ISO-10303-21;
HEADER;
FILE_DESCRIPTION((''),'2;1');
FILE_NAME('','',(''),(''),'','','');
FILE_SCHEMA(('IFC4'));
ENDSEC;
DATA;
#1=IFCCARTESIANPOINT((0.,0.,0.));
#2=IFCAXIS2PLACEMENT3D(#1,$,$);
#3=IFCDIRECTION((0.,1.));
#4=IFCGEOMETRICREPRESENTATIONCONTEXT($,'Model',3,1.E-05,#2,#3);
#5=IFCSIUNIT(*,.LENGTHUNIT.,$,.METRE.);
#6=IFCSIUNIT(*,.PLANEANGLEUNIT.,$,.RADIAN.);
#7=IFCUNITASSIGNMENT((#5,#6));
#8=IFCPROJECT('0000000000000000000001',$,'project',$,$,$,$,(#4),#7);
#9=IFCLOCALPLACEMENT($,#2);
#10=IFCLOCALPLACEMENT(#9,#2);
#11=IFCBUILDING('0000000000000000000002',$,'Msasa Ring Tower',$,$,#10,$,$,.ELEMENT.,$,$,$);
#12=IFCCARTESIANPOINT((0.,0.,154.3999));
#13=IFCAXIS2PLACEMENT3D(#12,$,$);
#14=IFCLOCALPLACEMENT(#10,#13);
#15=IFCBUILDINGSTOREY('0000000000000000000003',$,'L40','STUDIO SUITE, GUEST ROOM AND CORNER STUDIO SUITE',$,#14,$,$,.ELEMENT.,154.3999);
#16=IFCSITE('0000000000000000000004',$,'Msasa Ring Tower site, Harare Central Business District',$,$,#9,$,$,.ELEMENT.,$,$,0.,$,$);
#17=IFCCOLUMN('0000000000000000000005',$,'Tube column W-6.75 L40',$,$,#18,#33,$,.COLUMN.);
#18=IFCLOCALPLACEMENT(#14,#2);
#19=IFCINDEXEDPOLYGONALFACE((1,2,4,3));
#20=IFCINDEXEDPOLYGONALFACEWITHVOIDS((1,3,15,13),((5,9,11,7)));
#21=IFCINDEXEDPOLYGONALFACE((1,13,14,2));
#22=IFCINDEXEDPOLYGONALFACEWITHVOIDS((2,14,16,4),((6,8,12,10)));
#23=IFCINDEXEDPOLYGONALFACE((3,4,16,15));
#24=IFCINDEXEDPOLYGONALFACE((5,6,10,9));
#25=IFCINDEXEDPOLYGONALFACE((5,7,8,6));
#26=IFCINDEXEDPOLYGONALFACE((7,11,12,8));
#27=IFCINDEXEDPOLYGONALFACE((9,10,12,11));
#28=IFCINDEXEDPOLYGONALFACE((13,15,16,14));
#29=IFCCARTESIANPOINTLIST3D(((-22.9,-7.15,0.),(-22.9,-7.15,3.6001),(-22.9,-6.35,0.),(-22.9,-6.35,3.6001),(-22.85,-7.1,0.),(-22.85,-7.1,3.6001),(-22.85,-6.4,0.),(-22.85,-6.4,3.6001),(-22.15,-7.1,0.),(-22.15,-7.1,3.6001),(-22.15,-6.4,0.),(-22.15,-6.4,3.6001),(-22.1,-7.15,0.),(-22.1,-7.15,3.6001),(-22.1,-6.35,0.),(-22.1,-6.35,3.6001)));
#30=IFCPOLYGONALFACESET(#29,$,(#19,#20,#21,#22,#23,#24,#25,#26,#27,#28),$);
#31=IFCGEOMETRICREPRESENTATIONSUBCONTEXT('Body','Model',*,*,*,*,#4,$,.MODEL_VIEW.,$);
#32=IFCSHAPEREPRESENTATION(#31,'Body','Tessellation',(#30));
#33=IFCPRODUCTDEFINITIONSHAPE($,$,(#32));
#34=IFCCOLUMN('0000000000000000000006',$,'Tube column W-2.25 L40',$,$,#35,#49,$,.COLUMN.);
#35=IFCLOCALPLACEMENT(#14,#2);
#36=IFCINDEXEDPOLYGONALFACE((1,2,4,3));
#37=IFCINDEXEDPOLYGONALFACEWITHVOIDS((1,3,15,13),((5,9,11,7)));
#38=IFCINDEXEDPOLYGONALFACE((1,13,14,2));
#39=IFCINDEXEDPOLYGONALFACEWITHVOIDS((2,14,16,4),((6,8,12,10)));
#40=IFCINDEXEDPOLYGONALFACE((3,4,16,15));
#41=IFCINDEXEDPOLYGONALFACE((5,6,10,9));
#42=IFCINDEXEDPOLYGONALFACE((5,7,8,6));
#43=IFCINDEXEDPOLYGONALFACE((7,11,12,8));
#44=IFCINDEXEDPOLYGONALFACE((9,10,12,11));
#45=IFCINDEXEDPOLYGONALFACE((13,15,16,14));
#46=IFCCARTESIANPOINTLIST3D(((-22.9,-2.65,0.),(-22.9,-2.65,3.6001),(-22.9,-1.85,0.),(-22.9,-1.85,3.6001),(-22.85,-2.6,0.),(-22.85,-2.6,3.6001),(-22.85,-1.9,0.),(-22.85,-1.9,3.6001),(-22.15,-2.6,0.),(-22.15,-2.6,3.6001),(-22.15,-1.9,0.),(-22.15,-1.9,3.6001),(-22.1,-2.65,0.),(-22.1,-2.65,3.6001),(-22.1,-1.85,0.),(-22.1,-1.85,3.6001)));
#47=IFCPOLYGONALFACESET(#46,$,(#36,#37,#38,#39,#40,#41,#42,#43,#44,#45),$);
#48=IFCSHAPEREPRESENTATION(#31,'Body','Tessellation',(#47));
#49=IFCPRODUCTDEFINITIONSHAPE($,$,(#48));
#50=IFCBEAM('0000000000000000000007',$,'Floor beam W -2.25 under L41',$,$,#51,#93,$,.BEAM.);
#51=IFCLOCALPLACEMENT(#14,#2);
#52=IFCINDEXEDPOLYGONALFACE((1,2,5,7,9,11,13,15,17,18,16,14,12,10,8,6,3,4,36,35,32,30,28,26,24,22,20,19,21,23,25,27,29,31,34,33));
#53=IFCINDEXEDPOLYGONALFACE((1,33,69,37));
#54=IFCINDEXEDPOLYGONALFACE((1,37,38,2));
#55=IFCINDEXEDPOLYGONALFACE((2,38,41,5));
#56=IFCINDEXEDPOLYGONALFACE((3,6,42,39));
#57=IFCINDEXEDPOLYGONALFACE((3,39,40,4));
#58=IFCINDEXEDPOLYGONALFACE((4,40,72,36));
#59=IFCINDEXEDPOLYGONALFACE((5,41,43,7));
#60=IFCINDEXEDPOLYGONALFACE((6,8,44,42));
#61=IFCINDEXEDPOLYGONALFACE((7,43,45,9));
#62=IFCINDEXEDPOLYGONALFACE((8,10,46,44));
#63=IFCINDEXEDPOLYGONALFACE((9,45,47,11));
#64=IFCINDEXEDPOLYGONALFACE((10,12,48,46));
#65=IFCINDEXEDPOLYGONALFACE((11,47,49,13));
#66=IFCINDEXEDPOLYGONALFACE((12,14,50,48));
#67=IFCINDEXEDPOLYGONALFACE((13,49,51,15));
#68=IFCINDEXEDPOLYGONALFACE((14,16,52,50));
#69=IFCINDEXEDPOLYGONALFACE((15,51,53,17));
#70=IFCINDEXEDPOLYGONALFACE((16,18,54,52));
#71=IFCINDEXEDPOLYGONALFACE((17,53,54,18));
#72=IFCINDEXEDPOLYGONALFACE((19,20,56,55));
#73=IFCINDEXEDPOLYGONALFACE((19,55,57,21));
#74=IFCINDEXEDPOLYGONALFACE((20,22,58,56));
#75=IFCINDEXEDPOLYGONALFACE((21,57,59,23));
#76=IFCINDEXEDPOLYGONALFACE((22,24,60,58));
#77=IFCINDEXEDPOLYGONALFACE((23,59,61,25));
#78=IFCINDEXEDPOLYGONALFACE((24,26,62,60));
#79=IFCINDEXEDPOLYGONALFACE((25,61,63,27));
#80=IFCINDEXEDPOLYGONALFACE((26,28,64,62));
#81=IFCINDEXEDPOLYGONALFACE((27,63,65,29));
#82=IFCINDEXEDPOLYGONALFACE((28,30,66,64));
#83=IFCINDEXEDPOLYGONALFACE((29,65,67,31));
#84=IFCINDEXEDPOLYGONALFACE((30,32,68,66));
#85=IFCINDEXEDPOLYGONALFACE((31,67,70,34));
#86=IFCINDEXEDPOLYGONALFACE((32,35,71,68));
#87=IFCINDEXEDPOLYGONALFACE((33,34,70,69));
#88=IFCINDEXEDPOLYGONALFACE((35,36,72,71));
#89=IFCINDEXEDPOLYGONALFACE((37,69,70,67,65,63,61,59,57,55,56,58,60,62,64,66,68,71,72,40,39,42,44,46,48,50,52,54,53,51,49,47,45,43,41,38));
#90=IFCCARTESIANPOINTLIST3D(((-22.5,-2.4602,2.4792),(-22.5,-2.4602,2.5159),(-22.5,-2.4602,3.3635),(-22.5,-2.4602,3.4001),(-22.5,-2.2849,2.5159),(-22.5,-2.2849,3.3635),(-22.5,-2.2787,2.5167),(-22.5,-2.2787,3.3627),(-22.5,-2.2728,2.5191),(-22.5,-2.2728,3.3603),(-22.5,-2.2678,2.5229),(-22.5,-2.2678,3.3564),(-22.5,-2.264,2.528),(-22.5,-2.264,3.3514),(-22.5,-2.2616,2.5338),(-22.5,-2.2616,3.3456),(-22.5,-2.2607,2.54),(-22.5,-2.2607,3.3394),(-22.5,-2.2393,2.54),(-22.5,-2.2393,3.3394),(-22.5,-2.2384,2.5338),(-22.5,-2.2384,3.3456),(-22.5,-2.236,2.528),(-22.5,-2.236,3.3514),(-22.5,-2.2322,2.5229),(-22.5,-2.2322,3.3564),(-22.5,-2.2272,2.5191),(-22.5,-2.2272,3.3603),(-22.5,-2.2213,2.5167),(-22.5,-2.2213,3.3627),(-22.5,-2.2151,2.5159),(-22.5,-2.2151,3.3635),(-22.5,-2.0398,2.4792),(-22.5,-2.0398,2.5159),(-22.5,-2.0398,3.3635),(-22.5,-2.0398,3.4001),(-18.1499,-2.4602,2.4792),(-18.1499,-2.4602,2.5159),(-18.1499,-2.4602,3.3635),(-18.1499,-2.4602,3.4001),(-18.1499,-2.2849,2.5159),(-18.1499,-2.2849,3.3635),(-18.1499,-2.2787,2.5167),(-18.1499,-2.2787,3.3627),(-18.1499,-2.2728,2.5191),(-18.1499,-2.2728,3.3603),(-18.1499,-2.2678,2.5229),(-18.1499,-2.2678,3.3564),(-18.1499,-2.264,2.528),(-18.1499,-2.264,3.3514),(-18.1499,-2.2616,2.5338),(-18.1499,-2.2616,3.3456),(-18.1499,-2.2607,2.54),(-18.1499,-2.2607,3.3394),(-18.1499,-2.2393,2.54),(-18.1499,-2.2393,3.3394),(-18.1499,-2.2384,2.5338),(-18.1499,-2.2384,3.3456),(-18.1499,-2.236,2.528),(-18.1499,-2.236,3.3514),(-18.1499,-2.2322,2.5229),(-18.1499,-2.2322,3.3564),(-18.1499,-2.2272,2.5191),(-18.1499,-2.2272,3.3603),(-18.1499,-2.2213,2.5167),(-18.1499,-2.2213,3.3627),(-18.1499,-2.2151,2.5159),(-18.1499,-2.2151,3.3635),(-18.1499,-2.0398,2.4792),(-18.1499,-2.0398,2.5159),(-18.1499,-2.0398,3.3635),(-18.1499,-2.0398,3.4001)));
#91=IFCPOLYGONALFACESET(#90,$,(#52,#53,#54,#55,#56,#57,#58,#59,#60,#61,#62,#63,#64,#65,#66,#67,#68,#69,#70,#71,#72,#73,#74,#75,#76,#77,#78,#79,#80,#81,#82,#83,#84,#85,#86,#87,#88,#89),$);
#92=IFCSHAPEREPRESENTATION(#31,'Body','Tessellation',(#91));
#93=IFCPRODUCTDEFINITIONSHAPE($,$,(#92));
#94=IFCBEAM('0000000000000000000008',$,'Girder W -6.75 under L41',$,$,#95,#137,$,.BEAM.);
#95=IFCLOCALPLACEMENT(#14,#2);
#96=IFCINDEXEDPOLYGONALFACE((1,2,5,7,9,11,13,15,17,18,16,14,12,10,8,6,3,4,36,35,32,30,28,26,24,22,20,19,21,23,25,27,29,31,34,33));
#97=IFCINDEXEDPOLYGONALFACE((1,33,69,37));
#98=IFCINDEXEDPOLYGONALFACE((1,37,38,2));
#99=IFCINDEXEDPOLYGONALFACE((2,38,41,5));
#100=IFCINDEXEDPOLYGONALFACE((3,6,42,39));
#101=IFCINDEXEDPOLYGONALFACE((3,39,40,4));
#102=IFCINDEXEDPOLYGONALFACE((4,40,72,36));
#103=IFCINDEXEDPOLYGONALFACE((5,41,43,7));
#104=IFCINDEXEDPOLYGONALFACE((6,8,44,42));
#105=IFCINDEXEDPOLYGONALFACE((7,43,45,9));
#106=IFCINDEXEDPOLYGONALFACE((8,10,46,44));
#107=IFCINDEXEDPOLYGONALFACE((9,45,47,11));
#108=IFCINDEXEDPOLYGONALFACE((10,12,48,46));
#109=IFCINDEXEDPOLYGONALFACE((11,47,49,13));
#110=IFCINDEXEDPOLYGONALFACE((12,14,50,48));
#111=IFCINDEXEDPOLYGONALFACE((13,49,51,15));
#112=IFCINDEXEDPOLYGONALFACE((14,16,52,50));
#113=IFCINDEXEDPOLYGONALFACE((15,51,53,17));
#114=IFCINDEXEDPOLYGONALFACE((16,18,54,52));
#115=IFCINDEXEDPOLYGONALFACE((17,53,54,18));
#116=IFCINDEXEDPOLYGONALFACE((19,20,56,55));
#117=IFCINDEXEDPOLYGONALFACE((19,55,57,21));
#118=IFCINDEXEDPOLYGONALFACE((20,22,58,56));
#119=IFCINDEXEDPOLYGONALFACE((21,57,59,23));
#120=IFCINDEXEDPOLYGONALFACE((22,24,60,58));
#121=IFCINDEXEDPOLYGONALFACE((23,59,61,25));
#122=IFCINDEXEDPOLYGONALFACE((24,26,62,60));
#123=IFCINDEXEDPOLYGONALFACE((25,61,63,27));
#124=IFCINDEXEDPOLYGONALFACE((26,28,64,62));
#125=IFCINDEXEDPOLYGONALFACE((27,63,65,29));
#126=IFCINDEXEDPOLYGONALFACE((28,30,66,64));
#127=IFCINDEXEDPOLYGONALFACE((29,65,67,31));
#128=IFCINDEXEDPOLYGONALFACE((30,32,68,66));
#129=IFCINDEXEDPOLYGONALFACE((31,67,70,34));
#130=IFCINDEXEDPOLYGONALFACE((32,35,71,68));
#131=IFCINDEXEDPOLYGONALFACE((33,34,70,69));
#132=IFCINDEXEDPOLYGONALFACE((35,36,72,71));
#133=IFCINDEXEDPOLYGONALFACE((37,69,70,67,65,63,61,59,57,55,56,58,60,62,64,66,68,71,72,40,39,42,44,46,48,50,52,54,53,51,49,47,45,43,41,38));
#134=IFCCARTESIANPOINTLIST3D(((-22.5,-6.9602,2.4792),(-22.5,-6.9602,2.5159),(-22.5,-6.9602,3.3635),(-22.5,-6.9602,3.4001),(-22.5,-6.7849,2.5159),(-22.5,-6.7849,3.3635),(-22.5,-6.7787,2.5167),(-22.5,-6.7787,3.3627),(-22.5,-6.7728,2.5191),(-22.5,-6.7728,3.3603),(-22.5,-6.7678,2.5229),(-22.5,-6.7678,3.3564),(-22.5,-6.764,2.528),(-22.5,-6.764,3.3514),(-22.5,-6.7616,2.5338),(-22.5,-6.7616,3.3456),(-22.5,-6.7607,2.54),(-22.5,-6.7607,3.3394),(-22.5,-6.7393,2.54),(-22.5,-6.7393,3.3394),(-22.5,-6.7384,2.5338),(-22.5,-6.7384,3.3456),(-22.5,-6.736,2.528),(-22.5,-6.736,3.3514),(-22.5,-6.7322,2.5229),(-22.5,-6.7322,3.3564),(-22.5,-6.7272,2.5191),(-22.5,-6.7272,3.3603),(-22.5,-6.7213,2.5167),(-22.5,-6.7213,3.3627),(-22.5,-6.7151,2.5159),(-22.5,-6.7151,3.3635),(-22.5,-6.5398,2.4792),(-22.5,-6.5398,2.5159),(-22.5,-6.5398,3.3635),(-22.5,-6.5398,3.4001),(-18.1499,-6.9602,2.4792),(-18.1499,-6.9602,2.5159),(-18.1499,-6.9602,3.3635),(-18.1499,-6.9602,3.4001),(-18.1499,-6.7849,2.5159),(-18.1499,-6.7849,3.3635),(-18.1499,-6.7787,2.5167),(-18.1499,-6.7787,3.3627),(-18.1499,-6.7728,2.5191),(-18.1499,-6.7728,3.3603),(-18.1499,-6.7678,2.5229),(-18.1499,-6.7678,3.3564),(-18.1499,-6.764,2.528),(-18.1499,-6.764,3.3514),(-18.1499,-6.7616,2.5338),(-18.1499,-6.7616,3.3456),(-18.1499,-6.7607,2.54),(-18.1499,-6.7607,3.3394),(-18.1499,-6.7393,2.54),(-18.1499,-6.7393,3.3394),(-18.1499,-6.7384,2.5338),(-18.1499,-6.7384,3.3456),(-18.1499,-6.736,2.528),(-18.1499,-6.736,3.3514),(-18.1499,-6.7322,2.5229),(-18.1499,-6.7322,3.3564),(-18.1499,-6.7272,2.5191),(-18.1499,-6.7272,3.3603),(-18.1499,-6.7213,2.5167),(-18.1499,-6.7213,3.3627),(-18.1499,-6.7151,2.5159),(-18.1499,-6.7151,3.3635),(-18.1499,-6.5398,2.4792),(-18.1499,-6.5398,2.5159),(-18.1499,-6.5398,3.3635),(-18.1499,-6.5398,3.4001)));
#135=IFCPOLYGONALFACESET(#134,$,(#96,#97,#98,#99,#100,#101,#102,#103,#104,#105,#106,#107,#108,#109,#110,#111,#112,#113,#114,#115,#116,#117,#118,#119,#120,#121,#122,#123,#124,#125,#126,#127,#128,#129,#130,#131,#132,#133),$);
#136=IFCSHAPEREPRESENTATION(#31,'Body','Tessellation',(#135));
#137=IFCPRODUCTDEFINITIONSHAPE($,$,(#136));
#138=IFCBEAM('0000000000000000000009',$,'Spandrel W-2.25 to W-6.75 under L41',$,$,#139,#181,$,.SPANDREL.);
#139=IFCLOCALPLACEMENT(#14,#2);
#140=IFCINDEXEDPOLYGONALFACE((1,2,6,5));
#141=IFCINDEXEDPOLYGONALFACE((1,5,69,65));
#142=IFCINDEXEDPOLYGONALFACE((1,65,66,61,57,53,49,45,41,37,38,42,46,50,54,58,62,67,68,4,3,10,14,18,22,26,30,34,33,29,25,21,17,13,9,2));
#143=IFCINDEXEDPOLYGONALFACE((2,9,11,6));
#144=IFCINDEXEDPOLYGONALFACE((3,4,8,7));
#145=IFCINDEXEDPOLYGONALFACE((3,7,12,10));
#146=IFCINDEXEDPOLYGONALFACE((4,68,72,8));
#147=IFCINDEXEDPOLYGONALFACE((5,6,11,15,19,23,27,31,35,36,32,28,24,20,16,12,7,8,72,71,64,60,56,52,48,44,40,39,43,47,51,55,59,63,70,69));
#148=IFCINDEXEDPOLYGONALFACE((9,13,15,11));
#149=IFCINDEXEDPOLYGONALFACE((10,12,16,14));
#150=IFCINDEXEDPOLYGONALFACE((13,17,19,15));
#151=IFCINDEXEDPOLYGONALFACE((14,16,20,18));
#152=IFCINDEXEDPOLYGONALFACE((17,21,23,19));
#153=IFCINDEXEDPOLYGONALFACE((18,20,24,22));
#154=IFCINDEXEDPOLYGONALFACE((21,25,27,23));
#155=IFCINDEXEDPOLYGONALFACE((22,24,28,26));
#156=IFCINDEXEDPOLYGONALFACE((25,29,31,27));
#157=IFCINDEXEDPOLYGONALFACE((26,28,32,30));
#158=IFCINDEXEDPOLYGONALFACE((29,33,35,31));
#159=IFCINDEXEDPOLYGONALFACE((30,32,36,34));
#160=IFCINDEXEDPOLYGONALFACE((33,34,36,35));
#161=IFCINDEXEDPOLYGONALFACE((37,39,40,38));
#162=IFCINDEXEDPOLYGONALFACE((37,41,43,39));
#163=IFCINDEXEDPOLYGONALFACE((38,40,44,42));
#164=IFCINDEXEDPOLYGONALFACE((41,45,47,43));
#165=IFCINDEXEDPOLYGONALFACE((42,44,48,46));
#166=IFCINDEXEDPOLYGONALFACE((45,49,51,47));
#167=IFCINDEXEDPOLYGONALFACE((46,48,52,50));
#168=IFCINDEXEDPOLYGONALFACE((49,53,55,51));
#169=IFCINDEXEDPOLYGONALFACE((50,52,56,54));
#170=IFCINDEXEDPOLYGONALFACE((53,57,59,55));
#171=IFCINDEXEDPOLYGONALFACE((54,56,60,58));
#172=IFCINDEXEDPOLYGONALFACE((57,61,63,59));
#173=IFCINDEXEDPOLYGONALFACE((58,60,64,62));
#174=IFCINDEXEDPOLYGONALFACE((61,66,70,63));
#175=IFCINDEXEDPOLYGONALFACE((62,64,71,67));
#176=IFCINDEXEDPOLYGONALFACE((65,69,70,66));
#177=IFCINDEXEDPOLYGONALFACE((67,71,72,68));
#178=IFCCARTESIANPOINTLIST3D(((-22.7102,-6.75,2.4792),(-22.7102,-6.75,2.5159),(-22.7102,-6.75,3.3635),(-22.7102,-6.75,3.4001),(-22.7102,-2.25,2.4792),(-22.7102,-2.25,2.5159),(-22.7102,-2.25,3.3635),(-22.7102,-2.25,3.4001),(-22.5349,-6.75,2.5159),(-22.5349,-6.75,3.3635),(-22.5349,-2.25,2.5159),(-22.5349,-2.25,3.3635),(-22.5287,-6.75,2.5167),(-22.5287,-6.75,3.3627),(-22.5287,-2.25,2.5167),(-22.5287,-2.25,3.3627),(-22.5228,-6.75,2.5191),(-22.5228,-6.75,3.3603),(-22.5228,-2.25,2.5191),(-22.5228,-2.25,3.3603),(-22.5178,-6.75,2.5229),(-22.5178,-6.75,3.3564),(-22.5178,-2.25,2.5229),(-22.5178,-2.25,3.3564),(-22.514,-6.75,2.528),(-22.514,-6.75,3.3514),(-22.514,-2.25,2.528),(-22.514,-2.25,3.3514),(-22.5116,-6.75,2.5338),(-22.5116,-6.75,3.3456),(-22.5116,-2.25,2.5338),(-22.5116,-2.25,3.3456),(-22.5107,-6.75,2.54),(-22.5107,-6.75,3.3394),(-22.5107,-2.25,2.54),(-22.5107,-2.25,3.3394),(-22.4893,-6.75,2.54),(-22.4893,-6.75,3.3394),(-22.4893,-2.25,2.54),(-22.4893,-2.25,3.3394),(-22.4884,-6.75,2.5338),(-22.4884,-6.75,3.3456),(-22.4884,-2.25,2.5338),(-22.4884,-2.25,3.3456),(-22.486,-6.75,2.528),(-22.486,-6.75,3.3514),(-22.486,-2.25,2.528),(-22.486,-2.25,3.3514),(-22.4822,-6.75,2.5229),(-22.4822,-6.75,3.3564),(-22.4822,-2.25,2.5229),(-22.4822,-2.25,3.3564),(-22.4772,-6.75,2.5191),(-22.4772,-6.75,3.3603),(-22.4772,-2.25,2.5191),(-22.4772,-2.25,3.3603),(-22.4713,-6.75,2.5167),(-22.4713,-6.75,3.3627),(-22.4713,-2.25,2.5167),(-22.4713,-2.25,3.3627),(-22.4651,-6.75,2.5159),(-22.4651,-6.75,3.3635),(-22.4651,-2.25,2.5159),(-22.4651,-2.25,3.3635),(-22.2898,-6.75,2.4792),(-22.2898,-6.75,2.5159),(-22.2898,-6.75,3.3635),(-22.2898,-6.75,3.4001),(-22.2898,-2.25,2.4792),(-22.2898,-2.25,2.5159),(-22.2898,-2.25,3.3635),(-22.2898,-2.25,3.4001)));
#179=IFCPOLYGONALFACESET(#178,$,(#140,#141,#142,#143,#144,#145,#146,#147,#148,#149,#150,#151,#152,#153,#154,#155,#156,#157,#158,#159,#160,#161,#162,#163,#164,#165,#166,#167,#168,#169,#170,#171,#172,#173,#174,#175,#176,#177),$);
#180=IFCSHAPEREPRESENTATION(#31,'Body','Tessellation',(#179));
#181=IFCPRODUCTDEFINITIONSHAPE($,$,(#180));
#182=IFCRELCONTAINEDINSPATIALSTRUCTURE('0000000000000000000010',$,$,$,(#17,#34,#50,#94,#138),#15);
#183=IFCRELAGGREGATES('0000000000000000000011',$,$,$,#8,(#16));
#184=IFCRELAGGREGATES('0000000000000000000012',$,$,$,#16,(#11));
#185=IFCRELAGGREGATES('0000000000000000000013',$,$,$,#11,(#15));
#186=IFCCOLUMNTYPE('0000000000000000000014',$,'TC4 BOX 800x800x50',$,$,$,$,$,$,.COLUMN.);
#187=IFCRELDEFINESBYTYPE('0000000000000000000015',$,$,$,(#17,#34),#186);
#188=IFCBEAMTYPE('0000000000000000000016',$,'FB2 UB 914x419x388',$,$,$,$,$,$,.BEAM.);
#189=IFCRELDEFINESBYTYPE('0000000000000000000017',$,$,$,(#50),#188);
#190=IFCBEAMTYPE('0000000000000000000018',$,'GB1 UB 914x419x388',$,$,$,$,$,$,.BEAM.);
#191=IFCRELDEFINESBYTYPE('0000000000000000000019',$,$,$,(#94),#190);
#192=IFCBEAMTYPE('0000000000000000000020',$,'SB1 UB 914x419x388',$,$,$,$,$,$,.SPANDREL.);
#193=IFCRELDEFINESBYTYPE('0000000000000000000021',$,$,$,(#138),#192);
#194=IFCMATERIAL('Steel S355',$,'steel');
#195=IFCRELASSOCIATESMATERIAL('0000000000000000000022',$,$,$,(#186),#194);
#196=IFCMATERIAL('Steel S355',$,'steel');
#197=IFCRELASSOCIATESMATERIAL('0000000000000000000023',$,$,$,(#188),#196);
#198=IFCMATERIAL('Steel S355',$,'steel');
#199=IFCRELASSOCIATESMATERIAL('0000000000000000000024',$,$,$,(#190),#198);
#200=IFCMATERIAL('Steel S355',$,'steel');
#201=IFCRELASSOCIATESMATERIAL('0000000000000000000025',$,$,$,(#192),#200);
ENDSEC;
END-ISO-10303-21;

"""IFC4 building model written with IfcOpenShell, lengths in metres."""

from ifc_helpers import new_model, si_unit, direction, frame, origin, origin_2d, place, context, subcontext, project, spatial, hollow_rectangle, i_section, extrude, material, material_profile, profile_set, type_object, element, save


model = new_model("IFC4")

# Units and contexts
model_context = context("Model", 3, precision=1e-05, world=origin(), true_north=direction((0.0, 1.0)))
body_context = subcontext(model_context, "Body", "Model", "MODEL_VIEW")
ifc_project = project(units=[si_unit("LENGTHUNIT", "METRE"), si_unit("PLANEANGLEUNIT", "RADIAN")], contexts=[model_context])

# Site, building, storey
site_placement = place(None, origin())
site = spatial("IfcSite", under=ifc_project, at=site_placement, Name="Msasa Ring Tower site, Harare Central Business District", CompositionType="ELEMENT", RefElevation=0.0)
building_placement = place(site_placement, origin())
building = spatial("IfcBuilding", under=site, at=building_placement, Name="Msasa Ring Tower", CompositionType="ELEMENT")
storey_placement = place(building_placement, frame((0.0, 0.0, 154.3999)))
storey = spatial("IfcBuildingStorey", under=building, at=storey_placement, Name="L40", Description="STUDIO SUITE, GUEST ROOM AND CORNER STUDIO SUITE", CompositionType="ELEMENT", Elevation=154.3999)

# Columns
ifc_material_1 = material(Name="Steel S355", Category="steel")
ifc_material_profile_1 = material_profile(ifc_material_1, hollow_rectangle(XDim=0.8, YDim=0.8, WallThickness=0.05, at=origin_2d()), Name="BOX 800x800x50")
ifc_profile_set_1 = profile_set([ifc_material_profile_1], Name="Steel S355")
column_type = type_object("IfcColumnType", Name="TC4 BOX 800x800x50", PredefinedType="COLUMN", material=ifc_profile_set_1)
for number, where, z_axis, x_axis, name in (
    (1, (-22.5, -6.75, 0.0), (0.0, 0.0, 1.0), (1.0, 0.0, 0.0), "Tube column W-6.75 L40"),
    (2, (-22.5, -2.25, 0.0), (0.0, 0.0, 1.0), (1.0, 0.0, 0.0), "Tube column W-2.25 L40"),
):
    element("IfcColumn", number, at=place(storey_placement, frame(where, z_axis=z_axis, x_axis=x_axis)), inside=storey, type_object=column_type, Name=name, PredefinedType="COLUMN", context=body_context, shape_type="SweptSolid", body=[
        extrude(hollow_rectangle(XDim=0.8, YDim=0.8, WallThickness=0.05, at=origin_2d()), origin(), (0.0, 0.0, 1.0), 3.6001),
    ])

# Beams
ifc_material_2 = material(Name="Steel S355", Category="steel")
ifc_material_profile_2 = material_profile(ifc_material_2, i_section(OverallWidth=0.4204, OverallDepth=0.9209, WebThickness=0.0215, FlangeThickness=0.0366, FilletRadius=0.0242, at=origin_2d()), Name="UB 914x419x388")
ifc_profile_set_2 = profile_set([ifc_material_profile_2], Name="Steel S355")
beam_type_1 = type_object("IfcBeamType", Name="FB2 UB 914x419x388", PredefinedType="BEAM", material=ifc_profile_set_2)
beam_1_placement = place(storey_placement, frame((-22.5, -2.25, 2.9397), z_axis=(1.0, 0.0, 0.0), x_axis=(0.0, 1.0, 0.0)))
element("IfcBeam", 3, at=beam_1_placement, inside=storey, type_object=beam_type_1, Name="Floor beam W -2.25 under L41", PredefinedType="BEAM", context=body_context, shape_type="SweptSolid", body=[
    extrude(i_section(OverallWidth=0.4204, OverallDepth=0.9209, WebThickness=0.0215, FlangeThickness=0.0366, FilletRadius=0.0242, at=origin_2d()), origin(), (0.0, 0.0, 1.0), 4.3501),
])
ifc_material_3 = material(Name="Steel S355", Category="steel")
ifc_material_profile_3 = material_profile(ifc_material_3, i_section(OverallWidth=0.4204, OverallDepth=0.9209, WebThickness=0.0215, FlangeThickness=0.0366, FilletRadius=0.0242, at=origin_2d()), Name="UB 914x419x388")
ifc_profile_set_3 = profile_set([ifc_material_profile_3], Name="Steel S355")
beam_type_2 = type_object("IfcBeamType", Name="GB1 UB 914x419x388", PredefinedType="BEAM", material=ifc_profile_set_3)
beam_2_placement = place(storey_placement, frame((-18.1499, -6.75, 2.9397), z_axis=(-1.0, 0.0, 0.0), x_axis=(0.0, -1.0, 0.0)))
element("IfcBeam", 4, at=beam_2_placement, inside=storey, type_object=beam_type_2, Name="Girder W -6.75 under L41", PredefinedType="BEAM", context=body_context, shape_type="SweptSolid", body=[
    extrude(i_section(OverallWidth=0.4204, OverallDepth=0.9209, WebThickness=0.0215, FlangeThickness=0.0366, FilletRadius=0.0242, at=origin_2d()), origin(), (0.0, 0.0, 1.0), 4.3501),
])
ifc_material_4 = material(Name="Steel S355", Category="steel")
ifc_material_profile_4 = material_profile(ifc_material_4, i_section(OverallWidth=0.4204, OverallDepth=0.9209, WebThickness=0.0215, FlangeThickness=0.0366, FilletRadius=0.0242, at=origin_2d()), Name="UB 914x419x388")
ifc_profile_set_4 = profile_set([ifc_material_profile_4], Name="Steel S355")
beam_type_3 = type_object("IfcBeamType", Name="SB1 UB 914x419x388", PredefinedType="SPANDREL", material=ifc_profile_set_4)
for number, where, z_axis, x_axis, name in (
    (5, (-22.5, -2.25, 2.9397), (0.0, -1.0, 0.0), (1.0, 0.0, 0.0), "Spandrel W-2.25 to W-6.75 under L41"),
):
    element("IfcBeam", number, at=place(storey_placement, frame(where, z_axis=z_axis, x_axis=x_axis)), inside=storey, type_object=beam_type_3, Name=name, PredefinedType="SPANDREL", context=body_context, shape_type="SweptSolid", body=[
        extrude(i_section(OverallWidth=0.4204, OverallDepth=0.9209, WebThickness=0.0215, FlangeThickness=0.0366, FilletRadius=0.0242, at=origin_2d()), origin(), (0.0, 0.0, 1.0), 4.5),
    ])

save(model, "model.ifc")
